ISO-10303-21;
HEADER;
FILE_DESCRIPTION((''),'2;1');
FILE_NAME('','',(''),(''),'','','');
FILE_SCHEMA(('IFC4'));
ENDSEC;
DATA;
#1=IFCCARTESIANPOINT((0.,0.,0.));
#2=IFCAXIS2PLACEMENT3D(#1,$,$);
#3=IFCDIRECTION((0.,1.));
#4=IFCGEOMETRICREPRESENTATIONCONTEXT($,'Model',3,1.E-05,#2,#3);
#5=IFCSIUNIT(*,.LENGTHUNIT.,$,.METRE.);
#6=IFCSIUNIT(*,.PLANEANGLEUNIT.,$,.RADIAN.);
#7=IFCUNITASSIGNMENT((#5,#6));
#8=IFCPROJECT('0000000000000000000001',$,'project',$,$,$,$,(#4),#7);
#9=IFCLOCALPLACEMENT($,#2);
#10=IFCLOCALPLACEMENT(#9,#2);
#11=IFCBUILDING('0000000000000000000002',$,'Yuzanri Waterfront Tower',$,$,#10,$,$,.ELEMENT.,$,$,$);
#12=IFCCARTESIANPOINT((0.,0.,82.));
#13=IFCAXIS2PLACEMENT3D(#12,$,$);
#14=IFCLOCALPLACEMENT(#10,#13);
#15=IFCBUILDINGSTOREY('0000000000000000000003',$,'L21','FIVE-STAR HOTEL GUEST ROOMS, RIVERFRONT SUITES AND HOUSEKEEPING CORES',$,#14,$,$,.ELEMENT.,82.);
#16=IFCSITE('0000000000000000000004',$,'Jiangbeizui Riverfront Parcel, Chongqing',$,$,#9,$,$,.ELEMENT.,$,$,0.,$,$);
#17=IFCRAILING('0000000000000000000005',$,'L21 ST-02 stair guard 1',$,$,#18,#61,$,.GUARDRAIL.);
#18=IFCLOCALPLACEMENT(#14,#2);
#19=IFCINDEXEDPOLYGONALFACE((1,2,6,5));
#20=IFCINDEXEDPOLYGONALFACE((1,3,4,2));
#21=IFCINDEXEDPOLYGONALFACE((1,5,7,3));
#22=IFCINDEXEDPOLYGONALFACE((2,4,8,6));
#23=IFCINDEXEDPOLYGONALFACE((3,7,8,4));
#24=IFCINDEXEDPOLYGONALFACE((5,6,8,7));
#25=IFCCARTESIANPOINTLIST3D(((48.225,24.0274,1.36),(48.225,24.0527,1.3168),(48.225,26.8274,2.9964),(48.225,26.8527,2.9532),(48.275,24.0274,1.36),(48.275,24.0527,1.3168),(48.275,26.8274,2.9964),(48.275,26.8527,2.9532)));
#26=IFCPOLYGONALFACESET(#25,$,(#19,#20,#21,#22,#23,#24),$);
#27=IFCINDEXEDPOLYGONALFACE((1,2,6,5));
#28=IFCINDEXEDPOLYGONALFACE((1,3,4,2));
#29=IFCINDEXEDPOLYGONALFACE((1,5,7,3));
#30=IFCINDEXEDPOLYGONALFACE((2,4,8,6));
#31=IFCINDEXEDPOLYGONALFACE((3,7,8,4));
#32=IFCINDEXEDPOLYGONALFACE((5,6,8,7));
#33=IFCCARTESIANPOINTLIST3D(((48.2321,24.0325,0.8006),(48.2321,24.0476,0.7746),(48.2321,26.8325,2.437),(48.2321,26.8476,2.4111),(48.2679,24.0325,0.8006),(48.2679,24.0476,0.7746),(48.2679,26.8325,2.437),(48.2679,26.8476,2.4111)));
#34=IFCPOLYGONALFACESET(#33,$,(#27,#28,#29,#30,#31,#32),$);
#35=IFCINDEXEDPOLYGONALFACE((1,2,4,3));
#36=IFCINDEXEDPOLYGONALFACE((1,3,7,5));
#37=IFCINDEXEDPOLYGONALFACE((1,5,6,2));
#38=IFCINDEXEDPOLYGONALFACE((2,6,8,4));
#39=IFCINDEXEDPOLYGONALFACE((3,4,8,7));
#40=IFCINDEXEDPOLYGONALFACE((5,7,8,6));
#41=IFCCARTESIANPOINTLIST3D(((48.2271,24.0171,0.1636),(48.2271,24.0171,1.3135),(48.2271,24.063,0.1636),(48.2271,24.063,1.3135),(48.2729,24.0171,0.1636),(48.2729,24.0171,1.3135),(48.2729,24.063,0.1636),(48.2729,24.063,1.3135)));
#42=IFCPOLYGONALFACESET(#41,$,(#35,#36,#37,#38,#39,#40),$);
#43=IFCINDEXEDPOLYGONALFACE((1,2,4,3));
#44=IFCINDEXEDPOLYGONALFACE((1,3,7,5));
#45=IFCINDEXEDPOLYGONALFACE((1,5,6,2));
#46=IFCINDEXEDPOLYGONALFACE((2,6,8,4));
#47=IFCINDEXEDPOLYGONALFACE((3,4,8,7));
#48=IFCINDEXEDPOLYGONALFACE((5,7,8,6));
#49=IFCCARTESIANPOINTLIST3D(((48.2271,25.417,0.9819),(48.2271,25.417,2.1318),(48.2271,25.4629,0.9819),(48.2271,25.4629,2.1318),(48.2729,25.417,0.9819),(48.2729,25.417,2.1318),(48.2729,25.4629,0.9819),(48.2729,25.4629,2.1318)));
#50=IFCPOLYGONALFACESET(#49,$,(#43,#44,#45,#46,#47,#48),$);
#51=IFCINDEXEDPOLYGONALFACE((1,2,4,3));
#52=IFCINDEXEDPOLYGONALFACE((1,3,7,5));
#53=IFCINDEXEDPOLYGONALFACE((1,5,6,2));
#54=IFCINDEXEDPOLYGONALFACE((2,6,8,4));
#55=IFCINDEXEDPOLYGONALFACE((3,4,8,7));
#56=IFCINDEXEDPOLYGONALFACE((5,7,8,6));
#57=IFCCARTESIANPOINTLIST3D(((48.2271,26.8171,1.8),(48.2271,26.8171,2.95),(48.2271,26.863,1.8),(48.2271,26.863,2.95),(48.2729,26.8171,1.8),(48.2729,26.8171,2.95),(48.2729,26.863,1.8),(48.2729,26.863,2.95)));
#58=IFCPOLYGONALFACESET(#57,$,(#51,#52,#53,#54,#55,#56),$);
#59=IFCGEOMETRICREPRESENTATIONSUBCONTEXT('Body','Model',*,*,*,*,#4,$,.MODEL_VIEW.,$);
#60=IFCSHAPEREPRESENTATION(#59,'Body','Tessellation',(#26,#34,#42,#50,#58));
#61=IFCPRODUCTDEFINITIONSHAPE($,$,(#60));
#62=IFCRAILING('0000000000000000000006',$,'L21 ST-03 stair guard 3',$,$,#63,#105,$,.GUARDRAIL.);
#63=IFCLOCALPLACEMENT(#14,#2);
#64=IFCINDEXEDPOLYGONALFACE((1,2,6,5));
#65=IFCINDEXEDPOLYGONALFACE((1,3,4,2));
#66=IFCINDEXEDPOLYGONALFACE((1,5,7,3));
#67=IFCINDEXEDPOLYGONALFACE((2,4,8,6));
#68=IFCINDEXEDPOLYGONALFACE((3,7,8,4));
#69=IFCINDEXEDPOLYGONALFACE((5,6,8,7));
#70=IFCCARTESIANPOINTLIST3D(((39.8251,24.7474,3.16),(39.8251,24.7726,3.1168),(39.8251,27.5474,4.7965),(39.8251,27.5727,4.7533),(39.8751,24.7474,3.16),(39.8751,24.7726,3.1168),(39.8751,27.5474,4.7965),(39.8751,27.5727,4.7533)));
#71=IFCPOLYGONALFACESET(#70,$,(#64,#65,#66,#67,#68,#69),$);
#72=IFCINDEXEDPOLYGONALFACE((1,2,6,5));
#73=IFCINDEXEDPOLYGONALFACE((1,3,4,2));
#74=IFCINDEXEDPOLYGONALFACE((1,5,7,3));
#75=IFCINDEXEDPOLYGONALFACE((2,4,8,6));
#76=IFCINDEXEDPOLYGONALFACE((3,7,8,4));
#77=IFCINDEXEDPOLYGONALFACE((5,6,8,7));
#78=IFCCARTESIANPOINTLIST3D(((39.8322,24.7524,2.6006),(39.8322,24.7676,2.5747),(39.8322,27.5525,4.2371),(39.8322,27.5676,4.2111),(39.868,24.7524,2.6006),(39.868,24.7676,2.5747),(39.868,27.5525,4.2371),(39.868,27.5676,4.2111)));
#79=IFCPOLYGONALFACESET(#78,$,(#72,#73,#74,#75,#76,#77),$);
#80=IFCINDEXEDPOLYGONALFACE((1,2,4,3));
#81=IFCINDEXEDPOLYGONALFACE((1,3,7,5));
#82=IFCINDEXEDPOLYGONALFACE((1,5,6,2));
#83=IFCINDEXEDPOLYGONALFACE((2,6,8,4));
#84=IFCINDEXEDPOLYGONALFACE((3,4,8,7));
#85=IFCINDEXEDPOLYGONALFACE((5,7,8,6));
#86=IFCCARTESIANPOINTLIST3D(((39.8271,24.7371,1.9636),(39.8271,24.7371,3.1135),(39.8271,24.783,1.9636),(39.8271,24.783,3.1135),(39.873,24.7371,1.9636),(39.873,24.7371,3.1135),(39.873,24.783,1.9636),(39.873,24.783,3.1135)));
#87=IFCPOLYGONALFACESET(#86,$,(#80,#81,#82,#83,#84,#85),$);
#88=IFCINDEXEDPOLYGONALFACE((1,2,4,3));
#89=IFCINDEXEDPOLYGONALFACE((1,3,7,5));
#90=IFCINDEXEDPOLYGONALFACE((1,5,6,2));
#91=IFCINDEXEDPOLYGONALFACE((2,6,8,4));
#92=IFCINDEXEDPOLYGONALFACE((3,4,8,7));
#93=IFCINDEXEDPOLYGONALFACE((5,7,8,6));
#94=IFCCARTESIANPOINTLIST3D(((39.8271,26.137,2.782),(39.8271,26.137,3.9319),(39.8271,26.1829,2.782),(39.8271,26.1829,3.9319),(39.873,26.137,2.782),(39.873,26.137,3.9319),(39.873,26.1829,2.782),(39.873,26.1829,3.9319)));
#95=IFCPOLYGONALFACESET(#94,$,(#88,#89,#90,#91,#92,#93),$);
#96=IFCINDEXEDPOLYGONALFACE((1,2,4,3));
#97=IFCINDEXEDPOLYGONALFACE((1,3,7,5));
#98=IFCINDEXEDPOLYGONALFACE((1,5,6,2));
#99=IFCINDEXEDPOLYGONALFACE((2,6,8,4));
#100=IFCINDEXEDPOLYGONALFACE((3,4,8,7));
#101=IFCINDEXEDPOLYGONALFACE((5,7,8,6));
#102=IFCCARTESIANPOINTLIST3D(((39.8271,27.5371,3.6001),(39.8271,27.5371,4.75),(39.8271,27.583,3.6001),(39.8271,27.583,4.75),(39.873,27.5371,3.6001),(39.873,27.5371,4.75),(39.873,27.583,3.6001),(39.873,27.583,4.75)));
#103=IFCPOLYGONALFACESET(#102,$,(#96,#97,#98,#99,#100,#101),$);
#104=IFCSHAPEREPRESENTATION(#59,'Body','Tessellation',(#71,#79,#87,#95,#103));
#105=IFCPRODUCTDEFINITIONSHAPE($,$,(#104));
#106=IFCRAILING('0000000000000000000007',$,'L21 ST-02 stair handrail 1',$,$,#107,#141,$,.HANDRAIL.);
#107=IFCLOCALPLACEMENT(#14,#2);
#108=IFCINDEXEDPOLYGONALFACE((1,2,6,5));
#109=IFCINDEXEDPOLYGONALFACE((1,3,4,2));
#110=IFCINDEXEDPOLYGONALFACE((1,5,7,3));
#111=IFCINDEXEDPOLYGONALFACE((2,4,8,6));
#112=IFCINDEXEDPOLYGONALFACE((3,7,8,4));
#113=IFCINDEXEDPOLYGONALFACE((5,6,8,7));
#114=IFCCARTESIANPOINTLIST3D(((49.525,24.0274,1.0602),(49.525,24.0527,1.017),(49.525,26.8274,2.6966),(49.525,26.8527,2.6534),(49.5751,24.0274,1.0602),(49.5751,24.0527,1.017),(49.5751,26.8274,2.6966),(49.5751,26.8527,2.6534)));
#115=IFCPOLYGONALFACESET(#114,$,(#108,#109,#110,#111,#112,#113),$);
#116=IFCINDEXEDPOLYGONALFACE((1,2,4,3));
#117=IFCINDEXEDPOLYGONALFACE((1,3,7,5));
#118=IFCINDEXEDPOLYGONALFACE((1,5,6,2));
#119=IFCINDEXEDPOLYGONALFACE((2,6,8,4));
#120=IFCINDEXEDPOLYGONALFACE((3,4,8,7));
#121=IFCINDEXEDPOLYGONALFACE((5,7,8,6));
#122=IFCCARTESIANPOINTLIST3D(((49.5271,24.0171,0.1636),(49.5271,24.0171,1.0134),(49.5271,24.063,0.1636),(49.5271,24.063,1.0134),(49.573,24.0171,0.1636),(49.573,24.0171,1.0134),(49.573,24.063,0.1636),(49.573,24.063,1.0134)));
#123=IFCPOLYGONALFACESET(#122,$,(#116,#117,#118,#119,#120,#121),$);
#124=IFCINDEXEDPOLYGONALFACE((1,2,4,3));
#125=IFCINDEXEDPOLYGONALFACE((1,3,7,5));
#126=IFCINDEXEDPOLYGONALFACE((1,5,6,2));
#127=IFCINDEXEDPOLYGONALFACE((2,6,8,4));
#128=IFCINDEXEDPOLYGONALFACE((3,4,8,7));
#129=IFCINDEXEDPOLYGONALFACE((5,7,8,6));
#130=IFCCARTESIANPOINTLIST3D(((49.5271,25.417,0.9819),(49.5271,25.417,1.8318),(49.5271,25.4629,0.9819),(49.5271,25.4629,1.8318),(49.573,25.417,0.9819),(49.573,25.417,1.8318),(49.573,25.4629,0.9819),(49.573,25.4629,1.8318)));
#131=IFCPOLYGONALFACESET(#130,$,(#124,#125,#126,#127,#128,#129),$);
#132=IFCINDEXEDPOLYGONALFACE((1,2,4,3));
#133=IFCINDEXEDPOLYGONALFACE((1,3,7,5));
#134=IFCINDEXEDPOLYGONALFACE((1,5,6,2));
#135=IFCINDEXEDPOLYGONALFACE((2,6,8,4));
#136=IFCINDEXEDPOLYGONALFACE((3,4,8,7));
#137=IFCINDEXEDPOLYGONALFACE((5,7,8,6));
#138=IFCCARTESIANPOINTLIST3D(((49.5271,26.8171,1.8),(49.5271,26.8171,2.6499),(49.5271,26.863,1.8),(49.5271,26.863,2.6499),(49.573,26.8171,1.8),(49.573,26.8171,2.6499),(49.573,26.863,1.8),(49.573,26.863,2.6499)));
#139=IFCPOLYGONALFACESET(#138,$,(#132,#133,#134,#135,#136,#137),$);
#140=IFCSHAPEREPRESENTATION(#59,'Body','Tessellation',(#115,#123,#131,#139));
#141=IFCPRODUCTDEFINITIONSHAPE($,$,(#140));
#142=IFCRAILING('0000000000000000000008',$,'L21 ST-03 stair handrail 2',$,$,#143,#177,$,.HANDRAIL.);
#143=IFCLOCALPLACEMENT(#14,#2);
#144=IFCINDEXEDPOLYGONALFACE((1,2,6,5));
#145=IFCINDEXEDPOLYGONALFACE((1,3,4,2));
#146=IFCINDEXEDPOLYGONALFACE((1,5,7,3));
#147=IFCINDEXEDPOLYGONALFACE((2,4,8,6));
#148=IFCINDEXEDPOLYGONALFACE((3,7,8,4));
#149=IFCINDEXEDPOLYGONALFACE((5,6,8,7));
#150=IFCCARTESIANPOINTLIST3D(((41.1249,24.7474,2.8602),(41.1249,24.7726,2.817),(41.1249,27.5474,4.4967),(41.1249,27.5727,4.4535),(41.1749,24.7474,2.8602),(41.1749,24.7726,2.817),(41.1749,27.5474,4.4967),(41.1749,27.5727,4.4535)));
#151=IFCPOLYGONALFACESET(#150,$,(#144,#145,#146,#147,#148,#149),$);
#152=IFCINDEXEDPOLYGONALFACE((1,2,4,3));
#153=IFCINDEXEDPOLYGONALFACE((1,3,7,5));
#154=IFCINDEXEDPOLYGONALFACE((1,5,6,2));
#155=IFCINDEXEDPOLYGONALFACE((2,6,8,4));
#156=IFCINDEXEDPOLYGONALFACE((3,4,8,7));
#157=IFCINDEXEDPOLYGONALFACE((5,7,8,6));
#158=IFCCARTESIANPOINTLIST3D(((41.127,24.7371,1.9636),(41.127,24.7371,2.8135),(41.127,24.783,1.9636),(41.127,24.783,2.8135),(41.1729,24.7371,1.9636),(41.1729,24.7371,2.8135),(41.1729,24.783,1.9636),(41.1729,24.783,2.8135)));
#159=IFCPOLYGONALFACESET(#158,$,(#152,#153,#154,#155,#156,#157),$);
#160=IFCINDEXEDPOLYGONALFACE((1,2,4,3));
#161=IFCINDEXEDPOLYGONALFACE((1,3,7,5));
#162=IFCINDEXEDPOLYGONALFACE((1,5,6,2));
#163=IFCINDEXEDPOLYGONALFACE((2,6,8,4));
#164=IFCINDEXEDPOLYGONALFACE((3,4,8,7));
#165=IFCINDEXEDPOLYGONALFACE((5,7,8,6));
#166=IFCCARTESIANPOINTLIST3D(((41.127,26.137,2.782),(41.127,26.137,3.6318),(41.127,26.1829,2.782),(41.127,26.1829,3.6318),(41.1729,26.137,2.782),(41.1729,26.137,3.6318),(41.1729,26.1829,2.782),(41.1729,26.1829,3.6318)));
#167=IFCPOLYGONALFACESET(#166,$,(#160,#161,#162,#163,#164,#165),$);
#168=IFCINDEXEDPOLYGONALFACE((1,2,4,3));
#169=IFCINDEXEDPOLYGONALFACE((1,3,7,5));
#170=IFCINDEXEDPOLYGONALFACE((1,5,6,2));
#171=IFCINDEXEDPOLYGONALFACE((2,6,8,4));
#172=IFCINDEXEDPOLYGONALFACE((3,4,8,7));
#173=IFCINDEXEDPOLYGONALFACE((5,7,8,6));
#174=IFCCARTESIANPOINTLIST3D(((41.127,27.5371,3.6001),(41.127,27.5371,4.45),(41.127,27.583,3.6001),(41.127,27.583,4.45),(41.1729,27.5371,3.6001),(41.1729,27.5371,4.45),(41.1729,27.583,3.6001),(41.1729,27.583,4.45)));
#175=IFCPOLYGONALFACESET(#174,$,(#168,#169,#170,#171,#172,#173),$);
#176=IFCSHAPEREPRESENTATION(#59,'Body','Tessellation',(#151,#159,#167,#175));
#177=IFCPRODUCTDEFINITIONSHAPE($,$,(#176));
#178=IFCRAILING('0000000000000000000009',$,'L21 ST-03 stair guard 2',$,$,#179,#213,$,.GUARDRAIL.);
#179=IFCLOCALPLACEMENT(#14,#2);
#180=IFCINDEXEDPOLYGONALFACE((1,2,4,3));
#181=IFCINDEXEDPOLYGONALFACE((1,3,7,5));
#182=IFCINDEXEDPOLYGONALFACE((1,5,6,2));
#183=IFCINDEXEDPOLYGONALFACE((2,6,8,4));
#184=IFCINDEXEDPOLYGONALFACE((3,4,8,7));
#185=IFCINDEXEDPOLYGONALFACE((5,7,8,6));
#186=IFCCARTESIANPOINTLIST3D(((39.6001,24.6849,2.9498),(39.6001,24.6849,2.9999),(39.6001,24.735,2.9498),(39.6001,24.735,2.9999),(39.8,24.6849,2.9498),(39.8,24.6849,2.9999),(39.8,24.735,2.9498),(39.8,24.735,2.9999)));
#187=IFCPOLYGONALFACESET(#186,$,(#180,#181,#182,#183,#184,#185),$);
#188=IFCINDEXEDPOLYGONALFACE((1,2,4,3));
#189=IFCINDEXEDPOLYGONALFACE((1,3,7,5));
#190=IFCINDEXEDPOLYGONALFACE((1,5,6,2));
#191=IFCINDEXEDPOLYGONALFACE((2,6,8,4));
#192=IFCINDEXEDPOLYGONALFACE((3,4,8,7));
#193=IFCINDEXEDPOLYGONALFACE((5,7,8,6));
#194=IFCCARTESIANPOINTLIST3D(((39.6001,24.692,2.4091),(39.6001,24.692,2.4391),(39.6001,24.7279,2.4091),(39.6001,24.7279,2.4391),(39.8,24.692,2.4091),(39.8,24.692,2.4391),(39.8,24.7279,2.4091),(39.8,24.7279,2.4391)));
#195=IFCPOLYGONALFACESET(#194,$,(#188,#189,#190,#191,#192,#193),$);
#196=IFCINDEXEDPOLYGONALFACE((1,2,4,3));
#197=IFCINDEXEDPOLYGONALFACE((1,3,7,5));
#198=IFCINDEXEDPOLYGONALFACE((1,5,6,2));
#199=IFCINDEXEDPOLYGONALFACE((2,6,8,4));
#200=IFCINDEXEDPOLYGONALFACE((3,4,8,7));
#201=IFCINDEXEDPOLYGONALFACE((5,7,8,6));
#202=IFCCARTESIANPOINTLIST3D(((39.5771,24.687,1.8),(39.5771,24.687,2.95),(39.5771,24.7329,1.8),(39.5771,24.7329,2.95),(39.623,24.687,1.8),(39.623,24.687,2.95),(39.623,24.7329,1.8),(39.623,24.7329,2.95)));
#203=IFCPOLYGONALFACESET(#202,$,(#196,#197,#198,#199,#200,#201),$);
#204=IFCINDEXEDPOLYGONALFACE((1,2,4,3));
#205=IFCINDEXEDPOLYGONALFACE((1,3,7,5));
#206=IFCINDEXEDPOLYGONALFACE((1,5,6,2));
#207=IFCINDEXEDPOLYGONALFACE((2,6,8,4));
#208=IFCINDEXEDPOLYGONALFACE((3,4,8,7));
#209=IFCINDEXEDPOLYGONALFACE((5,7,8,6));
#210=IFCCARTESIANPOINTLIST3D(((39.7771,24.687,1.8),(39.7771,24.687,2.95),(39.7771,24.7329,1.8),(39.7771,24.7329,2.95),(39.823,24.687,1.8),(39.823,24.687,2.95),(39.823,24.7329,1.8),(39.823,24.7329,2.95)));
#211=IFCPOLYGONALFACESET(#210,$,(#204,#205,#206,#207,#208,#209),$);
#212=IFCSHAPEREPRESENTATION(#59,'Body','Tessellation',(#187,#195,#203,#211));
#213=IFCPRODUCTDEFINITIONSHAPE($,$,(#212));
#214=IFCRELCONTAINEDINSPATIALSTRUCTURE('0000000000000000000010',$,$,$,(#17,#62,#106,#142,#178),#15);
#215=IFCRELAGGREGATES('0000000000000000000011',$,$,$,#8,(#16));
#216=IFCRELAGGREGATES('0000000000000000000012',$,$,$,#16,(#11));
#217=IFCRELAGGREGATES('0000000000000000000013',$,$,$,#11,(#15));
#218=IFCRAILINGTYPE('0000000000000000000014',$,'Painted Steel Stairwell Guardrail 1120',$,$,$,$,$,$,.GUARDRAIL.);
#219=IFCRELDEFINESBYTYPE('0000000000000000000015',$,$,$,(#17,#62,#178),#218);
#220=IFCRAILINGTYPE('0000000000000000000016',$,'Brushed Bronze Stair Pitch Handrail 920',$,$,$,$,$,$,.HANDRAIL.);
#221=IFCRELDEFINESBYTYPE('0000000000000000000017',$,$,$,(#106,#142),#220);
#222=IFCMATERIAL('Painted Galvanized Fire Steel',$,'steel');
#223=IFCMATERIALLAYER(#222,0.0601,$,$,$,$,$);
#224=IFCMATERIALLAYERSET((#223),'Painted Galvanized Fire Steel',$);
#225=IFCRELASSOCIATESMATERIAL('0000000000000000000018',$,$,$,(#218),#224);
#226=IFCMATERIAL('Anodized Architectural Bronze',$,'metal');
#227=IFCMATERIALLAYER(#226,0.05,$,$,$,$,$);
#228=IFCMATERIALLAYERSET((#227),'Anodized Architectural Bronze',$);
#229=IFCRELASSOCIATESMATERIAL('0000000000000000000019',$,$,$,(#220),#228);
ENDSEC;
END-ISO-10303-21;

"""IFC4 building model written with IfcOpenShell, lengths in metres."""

from ifc_helpers import new_model, si_unit, direction, frame, origin, origin_2d, place, context, subcontext, project, spatial, rectangle, extrude, source, transform, mapped, material, layer, layer_set, type_object, element, save


model = new_model("IFC4")

# Units and contexts
model_context = context("Model", 3, precision=1e-05, world=origin(), true_north=direction((0.0, 1.0)))
body_context = subcontext(model_context, "Body", "Model", "MODEL_VIEW")
ifc_project = project(units=[si_unit("LENGTHUNIT", "METRE"), si_unit("PLANEANGLEUNIT", "RADIAN")], contexts=[model_context])

# Site, building, storey
site_placement = place(None, origin())
site = spatial("IfcSite", under=ifc_project, at=site_placement, Name="Jiangbeizui Riverfront Parcel, Chongqing", CompositionType="ELEMENT", RefElevation=0.0)
building_placement = place(site_placement, origin())
building = spatial("IfcBuilding", under=site, at=building_placement, Name="Yuzanri Waterfront Tower", CompositionType="ELEMENT")
storey_placement = place(building_placement, frame((0.0, 0.0, 82.0)))
storey = spatial("IfcBuildingStorey", under=building, at=storey_placement, Name="L21", Description="FIVE-STAR HOTEL GUEST ROOMS, RIVERFRONT SUITES AND HOUSEKEEPING CORES", CompositionType="ELEMENT", Elevation=82.0)

# Railings
ifc_material_1 = material(Name="Painted Galvanized Fire Steel", Category="steel")
ifc_layer_1 = layer(ifc_material_1, 0.0601)
ifc_layer_set_1 = layer_set([ifc_layer_1], Name="Painted Galvanized Fire Steel")
railing_type_1 = type_object("IfcRailingType", Name="Painted Steel Stairwell Guardrail 1120", PredefinedType="GUARDRAIL", material=ifc_layer_set_1)
shared_shape_1 = source(origin(), body_context, "Body", "SweptSolid", [
    extrude(rectangle(XDim=0.05, YDim=0.05, at=origin_2d()), frame((0.0, 0.0, 1.1748), z_axis=(0.0, 0.863361, 0.504587), x_axis=(-1.0, 0.0, 0.0)), (0.0, 0.0, 1.0), 3.2432),
    extrude(rectangle(XDim=0.0359, YDim=0.03, at=origin_2d()), frame((0.0, 0.0, 0.624), z_axis=(0.0, 0.863361, 0.504587), x_axis=(-1.0, 0.0, 0.0)), (0.0, 0.0, 1.0), 3.2432),
    extrude(rectangle(XDim=0.0459, YDim=0.0459, at=origin_2d()), origin(), (0.0, 0.0, 1.0), 1.1499),
    extrude(rectangle(XDim=0.0459, YDim=0.0459, at=origin_2d()), frame((0.0, 1.3999, 0.8184)), (0.0, 0.0, 1.0), 1.1499),
    extrude(rectangle(XDim=0.0459, YDim=0.0459, at=origin_2d()), frame((0.0, 2.8, 1.6365)), (0.0, 0.0, 1.0), 1.1499),
])
for number, where, name in (
    (1, (48.25, 24.04, 0.1636), "L21 ST-02 stair guard 1"),
    (2, (39.8501, 24.76, 1.9636), "L21 ST-03 stair guard 3"),
):
    element("IfcRailing", number, at=place(storey_placement, frame(where)), inside=storey, type_object=railing_type_1, Name=name, PredefinedType="GUARDRAIL", context=body_context, shape_type="MappedRepresentation", body=[
        mapped(shared_shape_1, transform((0.0, 0.0, 0.0), scale=1.0)),
    ])
ifc_material_2 = material(Name="Anodized Architectural Bronze", Category="metal")
ifc_layer_2 = layer(ifc_material_2, 0.05)
ifc_layer_set_2 = layer_set([ifc_layer_2], Name="Anodized Architectural Bronze")
railing_type_2 = type_object("IfcRailingType", Name="Brushed Bronze Stair Pitch Handrail 920", PredefinedType="HANDRAIL", material=ifc_layer_set_2)
shared_shape_2 = source(origin(), body_context, "Body", "SweptSolid", [
    extrude(rectangle(XDim=0.05, YDim=0.05, at=origin_2d()), frame((0.0, 0.0, 0.875), z_axis=(0.0, 0.863361, 0.504587), x_axis=(-1.0, 0.0, 0.0)), (0.0, 0.0, 1.0), 3.2432),
    extrude(rectangle(XDim=0.0459, YDim=0.0459, at=origin_2d()), origin(), (0.0, 0.0, 1.0), 0.8499),
    extrude(rectangle(XDim=0.0459, YDim=0.0459, at=origin_2d()), frame((0.0, 1.3999, 0.8184)), (0.0, 0.0, 1.0), 0.8499),
    extrude(rectangle(XDim=0.0459, YDim=0.0459, at=origin_2d()), frame((0.0, 2.8, 1.6365)), (0.0, 0.0, 1.0), 0.8499),
])
for number, where, name in (
    (3, (49.55, 24.04, 0.1636), "L21 ST-02 stair handrail 1"),
    (4, (41.1499, 24.76, 1.9636), "L21 ST-03 stair handrail 2"),
):
    element("IfcRailing", number, at=place(storey_placement, frame(where)), inside=storey, type_object=railing_type_2, Name=name, PredefinedType="HANDRAIL", context=body_context, shape_type="MappedRepresentation", body=[
        mapped(shared_shape_2, transform((0.0, 0.0, 0.0), scale=1.0)),
    ])
shared_shape_3 = source(origin(), body_context, "Body", "SweptSolid", [
    extrude(rectangle(XDim=0.05, YDim=0.05, at=origin_2d()), frame((0.0, 0.0, 1.1748), z_axis=(1.0, 0.0, 0.0), x_axis=(0.0, 1.0, 0.0)), (0.0, 0.0, 1.0), 0.2),
    extrude(rectangle(XDim=0.0359, YDim=0.03, at=origin_2d()), frame((0.0, 0.0, 0.624), z_axis=(1.0, 0.0, 0.0), x_axis=(0.0, 1.0, 0.0)), (0.0, 0.0, 1.0), 0.2),
    extrude(rectangle(XDim=0.0459, YDim=0.0459, at=origin_2d()), origin(), (0.0, 0.0, 1.0), 1.1499),
    extrude(rectangle(XDim=0.0459, YDim=0.0459, at=origin_2d()), frame((0.2, 0.0, 0.0)), (0.0, 0.0, 1.0), 1.1499),
])
railing_1_placement = place(storey_placement, frame((39.6001, 24.71, 1.8)))
element("IfcRailing", 5, at=railing_1_placement, inside=storey, type_object=railing_type_1, Name="L21 ST-03 stair guard 2", PredefinedType="GUARDRAIL", context=body_context, shape_type="MappedRepresentation", body=[
    mapped(shared_shape_3, transform((0.0, 0.0, 0.0), scale=1.0)),
])

save(model, "model.ifc")
